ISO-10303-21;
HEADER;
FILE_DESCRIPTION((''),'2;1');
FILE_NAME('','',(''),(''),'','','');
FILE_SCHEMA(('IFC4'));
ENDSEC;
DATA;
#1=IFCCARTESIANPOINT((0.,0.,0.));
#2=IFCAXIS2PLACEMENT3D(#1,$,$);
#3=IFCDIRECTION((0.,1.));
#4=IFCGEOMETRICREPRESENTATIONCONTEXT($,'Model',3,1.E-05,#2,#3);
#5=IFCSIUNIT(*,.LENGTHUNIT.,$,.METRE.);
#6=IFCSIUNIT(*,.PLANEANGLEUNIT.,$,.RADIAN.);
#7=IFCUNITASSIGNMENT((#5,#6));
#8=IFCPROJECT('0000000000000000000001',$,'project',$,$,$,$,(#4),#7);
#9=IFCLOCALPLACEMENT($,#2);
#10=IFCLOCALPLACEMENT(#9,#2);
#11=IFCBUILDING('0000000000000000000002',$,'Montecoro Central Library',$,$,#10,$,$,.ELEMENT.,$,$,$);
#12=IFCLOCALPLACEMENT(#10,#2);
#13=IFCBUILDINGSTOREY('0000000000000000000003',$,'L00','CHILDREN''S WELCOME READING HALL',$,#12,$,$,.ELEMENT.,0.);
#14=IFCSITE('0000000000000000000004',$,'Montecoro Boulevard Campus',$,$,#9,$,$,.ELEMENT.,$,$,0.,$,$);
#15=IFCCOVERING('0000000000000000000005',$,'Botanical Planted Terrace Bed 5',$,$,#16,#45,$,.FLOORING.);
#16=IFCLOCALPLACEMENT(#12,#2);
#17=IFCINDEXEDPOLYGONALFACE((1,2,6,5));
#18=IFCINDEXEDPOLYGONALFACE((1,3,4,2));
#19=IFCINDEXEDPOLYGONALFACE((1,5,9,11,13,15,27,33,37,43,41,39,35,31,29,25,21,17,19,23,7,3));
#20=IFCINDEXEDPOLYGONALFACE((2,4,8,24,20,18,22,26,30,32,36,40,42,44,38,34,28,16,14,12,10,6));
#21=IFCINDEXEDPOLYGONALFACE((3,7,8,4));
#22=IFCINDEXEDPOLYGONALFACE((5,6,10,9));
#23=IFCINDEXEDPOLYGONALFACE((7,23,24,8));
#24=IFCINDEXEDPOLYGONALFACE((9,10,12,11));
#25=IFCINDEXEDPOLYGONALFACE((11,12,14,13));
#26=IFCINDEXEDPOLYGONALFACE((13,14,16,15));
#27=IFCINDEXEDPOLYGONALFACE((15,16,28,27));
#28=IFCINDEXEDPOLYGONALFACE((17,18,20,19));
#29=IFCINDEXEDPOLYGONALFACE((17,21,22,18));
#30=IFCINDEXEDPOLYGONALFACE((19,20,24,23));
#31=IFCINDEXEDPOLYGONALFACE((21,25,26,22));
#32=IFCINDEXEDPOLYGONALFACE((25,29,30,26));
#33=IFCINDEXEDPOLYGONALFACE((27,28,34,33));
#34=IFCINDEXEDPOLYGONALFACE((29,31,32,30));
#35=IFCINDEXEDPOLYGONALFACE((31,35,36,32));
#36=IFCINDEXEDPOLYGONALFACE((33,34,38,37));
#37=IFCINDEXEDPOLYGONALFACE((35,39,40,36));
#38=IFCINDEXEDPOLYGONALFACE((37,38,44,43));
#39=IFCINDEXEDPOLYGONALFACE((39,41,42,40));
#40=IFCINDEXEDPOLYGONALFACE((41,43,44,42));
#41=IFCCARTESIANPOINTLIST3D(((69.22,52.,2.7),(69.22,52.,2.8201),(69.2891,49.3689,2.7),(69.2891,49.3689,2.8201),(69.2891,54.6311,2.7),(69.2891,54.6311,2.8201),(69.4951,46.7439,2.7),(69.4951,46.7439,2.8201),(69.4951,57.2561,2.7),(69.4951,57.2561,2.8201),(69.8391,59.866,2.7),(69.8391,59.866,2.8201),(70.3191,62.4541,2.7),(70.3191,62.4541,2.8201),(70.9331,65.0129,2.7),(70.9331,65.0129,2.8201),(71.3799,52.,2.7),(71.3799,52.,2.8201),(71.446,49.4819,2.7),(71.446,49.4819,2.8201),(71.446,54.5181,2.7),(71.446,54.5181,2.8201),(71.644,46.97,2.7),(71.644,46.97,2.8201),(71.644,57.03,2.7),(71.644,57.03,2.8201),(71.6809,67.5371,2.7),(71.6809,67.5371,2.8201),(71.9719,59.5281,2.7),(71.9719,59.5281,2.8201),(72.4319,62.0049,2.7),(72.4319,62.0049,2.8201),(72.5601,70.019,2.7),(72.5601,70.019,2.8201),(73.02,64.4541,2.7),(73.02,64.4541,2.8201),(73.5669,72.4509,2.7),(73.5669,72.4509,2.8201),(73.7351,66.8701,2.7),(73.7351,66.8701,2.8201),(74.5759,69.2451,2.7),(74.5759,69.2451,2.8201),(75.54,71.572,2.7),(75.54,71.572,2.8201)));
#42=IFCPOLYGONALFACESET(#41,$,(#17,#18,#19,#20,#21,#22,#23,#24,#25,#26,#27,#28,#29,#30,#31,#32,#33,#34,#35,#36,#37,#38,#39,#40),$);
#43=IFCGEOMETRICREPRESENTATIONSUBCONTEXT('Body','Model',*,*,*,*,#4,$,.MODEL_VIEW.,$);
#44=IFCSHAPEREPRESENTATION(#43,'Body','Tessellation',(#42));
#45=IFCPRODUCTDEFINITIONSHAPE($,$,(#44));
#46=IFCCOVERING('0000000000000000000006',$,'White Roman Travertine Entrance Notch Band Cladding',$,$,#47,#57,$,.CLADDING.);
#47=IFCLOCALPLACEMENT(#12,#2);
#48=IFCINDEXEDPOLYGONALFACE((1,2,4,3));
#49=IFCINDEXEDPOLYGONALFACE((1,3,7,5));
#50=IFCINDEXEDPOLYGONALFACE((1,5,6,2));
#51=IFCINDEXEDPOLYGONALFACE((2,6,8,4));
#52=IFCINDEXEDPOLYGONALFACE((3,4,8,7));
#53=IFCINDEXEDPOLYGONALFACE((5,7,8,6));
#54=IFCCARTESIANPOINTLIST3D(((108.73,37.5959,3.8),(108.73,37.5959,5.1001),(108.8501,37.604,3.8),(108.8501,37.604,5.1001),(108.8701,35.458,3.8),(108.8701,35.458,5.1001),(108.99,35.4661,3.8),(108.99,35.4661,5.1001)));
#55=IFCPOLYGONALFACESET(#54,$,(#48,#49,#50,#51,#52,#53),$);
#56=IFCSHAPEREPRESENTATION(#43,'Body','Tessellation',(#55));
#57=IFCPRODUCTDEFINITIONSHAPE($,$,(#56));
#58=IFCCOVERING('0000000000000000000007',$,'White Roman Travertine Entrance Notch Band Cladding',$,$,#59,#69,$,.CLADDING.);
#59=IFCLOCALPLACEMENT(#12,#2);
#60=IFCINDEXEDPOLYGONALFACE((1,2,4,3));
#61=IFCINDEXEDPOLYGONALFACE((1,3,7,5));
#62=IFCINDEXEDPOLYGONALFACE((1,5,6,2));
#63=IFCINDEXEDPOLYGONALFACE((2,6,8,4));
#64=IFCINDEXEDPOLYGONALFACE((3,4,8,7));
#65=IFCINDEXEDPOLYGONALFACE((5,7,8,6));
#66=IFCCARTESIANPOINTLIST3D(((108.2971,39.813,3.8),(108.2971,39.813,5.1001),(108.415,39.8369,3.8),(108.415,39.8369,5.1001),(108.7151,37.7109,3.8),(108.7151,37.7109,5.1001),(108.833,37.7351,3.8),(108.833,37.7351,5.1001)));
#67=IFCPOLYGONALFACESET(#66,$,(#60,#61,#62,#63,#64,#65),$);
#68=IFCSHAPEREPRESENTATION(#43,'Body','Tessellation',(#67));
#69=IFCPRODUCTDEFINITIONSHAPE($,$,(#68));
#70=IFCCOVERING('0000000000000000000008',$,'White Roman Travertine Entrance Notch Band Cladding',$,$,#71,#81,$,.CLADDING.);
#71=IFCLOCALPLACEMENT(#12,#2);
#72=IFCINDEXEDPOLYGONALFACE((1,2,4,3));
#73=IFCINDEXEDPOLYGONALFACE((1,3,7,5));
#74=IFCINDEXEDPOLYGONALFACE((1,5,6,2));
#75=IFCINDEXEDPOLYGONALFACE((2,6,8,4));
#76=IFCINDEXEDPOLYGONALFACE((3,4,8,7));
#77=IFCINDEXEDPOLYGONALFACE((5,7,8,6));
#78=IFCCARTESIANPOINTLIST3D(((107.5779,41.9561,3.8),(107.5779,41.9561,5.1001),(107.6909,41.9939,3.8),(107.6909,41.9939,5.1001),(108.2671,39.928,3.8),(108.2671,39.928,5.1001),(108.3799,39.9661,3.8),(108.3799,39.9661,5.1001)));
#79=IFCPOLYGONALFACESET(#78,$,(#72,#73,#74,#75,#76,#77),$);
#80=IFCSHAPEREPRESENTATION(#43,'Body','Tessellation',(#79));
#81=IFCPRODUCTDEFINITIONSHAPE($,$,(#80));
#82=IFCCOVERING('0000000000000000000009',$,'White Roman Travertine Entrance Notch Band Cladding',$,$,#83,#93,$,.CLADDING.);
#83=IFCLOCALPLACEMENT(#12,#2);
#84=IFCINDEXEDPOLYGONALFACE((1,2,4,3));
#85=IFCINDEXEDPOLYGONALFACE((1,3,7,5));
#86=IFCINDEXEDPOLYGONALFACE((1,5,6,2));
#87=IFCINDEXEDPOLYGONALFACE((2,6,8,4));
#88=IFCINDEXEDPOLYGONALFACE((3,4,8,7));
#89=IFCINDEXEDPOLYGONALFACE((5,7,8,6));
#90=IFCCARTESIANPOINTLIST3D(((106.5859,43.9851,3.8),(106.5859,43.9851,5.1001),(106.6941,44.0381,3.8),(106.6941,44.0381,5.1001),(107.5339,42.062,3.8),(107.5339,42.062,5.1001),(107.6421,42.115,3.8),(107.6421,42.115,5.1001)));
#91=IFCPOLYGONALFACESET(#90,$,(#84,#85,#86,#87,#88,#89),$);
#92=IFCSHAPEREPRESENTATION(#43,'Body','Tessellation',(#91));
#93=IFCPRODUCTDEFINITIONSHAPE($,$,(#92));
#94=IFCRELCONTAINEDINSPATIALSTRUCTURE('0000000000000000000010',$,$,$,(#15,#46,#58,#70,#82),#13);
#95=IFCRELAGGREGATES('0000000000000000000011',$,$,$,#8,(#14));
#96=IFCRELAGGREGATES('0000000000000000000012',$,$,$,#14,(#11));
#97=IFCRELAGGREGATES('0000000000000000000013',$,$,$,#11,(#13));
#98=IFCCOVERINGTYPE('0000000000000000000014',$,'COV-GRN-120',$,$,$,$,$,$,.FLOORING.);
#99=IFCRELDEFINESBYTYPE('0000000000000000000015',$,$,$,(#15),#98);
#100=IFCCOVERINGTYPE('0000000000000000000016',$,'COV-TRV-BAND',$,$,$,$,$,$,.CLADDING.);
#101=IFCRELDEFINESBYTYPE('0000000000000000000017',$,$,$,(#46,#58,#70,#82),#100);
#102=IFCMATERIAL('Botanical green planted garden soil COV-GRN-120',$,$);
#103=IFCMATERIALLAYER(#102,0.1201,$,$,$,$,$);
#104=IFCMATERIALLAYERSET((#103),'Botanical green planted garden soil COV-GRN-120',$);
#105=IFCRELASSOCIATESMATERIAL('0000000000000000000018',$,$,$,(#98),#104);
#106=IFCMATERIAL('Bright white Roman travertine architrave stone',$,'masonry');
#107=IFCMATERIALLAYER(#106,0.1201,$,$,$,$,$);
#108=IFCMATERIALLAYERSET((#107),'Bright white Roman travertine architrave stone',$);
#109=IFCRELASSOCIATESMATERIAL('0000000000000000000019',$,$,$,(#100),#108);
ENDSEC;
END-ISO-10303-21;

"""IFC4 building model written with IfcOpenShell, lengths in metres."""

from ifc_helpers import new_model, si_unit, direction, frame, origin, place, context, subcontext, project, spatial, polyline, outline, extrude, material, layer, layer_set, type_object, element, save


model = new_model("IFC4")

# Units and contexts
model_context = context("Model", 3, precision=1e-05, world=origin(), true_north=direction((0.0, 1.0)))
body_context = subcontext(model_context, "Body", "Model", "MODEL_VIEW")
ifc_project = project(units=[si_unit("LENGTHUNIT", "METRE"), si_unit("PLANEANGLEUNIT", "RADIAN")], contexts=[model_context])

# Site, building, storey
site_placement = place(None, origin())
site = spatial("IfcSite", under=ifc_project, at=site_placement, Name="Montecoro Boulevard Campus", CompositionType="ELEMENT", RefElevation=0.0)
building_placement = place(site_placement, origin())
building = spatial("IfcBuilding", under=site, at=building_placement, Name="Montecoro Central Library", CompositionType="ELEMENT")
storey_placement = place(building_placement, origin())
storey = spatial("IfcBuildingStorey", under=building, at=storey_placement, Name="L00", Description="CHILDREN'S WELCOME READING HALL", CompositionType="ELEMENT", Elevation=0.0)

# Coverings
ifc_material_1 = material(Name="Botanical green planted garden soil COV-GRN-120")
ifc_layer_1 = layer(ifc_material_1, 0.1201)
ifc_layer_set_1 = layer_set([ifc_layer_1], Name="Botanical green planted garden soil COV-GRN-120")
covering_type_1 = type_object("IfcCoveringType", Name="COV-GRN-120", PredefinedType="FLOORING", material=ifc_layer_set_1)
covering_1_placement = place(storey_placement, frame((0.0, 0.0, 2.7)))
element("IfcCovering", 1, at=covering_1_placement, inside=storey, type_object=covering_type_1, Name="Botanical Planted Terrace Bed 5", PredefinedType="FLOORING", context=body_context, shape_type="SweptSolid", body=[
    extrude(outline(polyline([(75.54, 71.572), (74.5759, 69.2451), (73.7351, 66.8701), (73.02, 64.4541), (72.4319, 62.0049), (71.9719, 59.5281), (71.644, 57.03), (71.446, 54.5181), (71.3799, 52.0), (71.446, 49.4819), (71.644, 46.97), (69.4951, 46.7439), (69.2891, 49.3689), (69.22, 52.0), (69.2891, 54.6311), (69.4951, 57.2561), (69.8391, 59.866), (70.3191, 62.4541), (70.9331, 65.0129), (71.6809, 67.5371), (72.5601, 70.019), (73.5669, 72.4509), (75.54, 71.572)])), origin(), (0.0, 0.0, 1.0), 0.1201),
])
ifc_material_2 = material(Name="Bright white Roman travertine architrave stone", Category="masonry")
ifc_layer_2 = layer(ifc_material_2, 0.1201)
ifc_layer_set_2 = layer_set([ifc_layer_2], Name="Bright white Roman travertine architrave stone")
covering_type_2 = type_object("IfcCoveringType", Name="COV-TRV-BAND", PredefinedType="CLADDING", material=ifc_layer_set_2)
covering_2_placement = place(storey_placement, frame((0.0, 0.0, 3.8)))
element("IfcCovering", 2, at=covering_2_placement, inside=storey, type_object=covering_type_2, Name="White Roman Travertine Entrance Notch Band Cladding", PredefinedType="CLADDING", context=body_context, shape_type="SweptSolid", body=[
    extrude(outline(polyline([(108.99, 35.4661), (108.8501, 37.604), (108.73, 37.5959), (108.8701, 35.458), (108.99, 35.4661)])), origin(), (0.0, 0.0, 1.0), 1.3),
])
covering_3_placement = place(storey_placement, frame((0.0, 0.0, 3.8)))
element("IfcCovering", 3, at=covering_3_placement, inside=storey, type_object=covering_type_2, Name="White Roman Travertine Entrance Notch Band Cladding", PredefinedType="CLADDING", context=body_context, shape_type="SweptSolid", body=[
    extrude(outline(polyline([(108.833, 37.7351), (108.415, 39.8369), (108.2971, 39.813), (108.7151, 37.7109), (108.833, 37.7351)])), origin(), (0.0, 0.0, 1.0), 1.3),
])
covering_4_placement = place(storey_placement, frame((0.0, 0.0, 3.8)))
element("IfcCovering", 4, at=covering_4_placement, inside=storey, type_object=covering_type_2, Name="White Roman Travertine Entrance Notch Band Cladding", PredefinedType="CLADDING", context=body_context, shape_type="SweptSolid", body=[
    extrude(outline(polyline([(108.3799, 39.9661), (107.6909, 41.9939), (107.5779, 41.9561), (108.2671, 39.928), (108.3799, 39.9661)])), origin(), (0.0, 0.0, 1.0), 1.3),
])
covering_5_placement = place(storey_placement, frame((0.0, 0.0, 3.8)))
element("IfcCovering", 5, at=covering_5_placement, inside=storey, type_object=covering_type_2, Name="White Roman Travertine Entrance Notch Band Cladding", PredefinedType="CLADDING", context=body_context, shape_type="SweptSolid", body=[
    extrude(outline(polyline([(107.6421, 42.115), (106.6941, 44.0381), (106.5859, 43.9851), (107.5339, 42.062), (107.6421, 42.115)])), origin(), (0.0, 0.0, 1.0), 1.3),
])

save(model, "model.ifc")
